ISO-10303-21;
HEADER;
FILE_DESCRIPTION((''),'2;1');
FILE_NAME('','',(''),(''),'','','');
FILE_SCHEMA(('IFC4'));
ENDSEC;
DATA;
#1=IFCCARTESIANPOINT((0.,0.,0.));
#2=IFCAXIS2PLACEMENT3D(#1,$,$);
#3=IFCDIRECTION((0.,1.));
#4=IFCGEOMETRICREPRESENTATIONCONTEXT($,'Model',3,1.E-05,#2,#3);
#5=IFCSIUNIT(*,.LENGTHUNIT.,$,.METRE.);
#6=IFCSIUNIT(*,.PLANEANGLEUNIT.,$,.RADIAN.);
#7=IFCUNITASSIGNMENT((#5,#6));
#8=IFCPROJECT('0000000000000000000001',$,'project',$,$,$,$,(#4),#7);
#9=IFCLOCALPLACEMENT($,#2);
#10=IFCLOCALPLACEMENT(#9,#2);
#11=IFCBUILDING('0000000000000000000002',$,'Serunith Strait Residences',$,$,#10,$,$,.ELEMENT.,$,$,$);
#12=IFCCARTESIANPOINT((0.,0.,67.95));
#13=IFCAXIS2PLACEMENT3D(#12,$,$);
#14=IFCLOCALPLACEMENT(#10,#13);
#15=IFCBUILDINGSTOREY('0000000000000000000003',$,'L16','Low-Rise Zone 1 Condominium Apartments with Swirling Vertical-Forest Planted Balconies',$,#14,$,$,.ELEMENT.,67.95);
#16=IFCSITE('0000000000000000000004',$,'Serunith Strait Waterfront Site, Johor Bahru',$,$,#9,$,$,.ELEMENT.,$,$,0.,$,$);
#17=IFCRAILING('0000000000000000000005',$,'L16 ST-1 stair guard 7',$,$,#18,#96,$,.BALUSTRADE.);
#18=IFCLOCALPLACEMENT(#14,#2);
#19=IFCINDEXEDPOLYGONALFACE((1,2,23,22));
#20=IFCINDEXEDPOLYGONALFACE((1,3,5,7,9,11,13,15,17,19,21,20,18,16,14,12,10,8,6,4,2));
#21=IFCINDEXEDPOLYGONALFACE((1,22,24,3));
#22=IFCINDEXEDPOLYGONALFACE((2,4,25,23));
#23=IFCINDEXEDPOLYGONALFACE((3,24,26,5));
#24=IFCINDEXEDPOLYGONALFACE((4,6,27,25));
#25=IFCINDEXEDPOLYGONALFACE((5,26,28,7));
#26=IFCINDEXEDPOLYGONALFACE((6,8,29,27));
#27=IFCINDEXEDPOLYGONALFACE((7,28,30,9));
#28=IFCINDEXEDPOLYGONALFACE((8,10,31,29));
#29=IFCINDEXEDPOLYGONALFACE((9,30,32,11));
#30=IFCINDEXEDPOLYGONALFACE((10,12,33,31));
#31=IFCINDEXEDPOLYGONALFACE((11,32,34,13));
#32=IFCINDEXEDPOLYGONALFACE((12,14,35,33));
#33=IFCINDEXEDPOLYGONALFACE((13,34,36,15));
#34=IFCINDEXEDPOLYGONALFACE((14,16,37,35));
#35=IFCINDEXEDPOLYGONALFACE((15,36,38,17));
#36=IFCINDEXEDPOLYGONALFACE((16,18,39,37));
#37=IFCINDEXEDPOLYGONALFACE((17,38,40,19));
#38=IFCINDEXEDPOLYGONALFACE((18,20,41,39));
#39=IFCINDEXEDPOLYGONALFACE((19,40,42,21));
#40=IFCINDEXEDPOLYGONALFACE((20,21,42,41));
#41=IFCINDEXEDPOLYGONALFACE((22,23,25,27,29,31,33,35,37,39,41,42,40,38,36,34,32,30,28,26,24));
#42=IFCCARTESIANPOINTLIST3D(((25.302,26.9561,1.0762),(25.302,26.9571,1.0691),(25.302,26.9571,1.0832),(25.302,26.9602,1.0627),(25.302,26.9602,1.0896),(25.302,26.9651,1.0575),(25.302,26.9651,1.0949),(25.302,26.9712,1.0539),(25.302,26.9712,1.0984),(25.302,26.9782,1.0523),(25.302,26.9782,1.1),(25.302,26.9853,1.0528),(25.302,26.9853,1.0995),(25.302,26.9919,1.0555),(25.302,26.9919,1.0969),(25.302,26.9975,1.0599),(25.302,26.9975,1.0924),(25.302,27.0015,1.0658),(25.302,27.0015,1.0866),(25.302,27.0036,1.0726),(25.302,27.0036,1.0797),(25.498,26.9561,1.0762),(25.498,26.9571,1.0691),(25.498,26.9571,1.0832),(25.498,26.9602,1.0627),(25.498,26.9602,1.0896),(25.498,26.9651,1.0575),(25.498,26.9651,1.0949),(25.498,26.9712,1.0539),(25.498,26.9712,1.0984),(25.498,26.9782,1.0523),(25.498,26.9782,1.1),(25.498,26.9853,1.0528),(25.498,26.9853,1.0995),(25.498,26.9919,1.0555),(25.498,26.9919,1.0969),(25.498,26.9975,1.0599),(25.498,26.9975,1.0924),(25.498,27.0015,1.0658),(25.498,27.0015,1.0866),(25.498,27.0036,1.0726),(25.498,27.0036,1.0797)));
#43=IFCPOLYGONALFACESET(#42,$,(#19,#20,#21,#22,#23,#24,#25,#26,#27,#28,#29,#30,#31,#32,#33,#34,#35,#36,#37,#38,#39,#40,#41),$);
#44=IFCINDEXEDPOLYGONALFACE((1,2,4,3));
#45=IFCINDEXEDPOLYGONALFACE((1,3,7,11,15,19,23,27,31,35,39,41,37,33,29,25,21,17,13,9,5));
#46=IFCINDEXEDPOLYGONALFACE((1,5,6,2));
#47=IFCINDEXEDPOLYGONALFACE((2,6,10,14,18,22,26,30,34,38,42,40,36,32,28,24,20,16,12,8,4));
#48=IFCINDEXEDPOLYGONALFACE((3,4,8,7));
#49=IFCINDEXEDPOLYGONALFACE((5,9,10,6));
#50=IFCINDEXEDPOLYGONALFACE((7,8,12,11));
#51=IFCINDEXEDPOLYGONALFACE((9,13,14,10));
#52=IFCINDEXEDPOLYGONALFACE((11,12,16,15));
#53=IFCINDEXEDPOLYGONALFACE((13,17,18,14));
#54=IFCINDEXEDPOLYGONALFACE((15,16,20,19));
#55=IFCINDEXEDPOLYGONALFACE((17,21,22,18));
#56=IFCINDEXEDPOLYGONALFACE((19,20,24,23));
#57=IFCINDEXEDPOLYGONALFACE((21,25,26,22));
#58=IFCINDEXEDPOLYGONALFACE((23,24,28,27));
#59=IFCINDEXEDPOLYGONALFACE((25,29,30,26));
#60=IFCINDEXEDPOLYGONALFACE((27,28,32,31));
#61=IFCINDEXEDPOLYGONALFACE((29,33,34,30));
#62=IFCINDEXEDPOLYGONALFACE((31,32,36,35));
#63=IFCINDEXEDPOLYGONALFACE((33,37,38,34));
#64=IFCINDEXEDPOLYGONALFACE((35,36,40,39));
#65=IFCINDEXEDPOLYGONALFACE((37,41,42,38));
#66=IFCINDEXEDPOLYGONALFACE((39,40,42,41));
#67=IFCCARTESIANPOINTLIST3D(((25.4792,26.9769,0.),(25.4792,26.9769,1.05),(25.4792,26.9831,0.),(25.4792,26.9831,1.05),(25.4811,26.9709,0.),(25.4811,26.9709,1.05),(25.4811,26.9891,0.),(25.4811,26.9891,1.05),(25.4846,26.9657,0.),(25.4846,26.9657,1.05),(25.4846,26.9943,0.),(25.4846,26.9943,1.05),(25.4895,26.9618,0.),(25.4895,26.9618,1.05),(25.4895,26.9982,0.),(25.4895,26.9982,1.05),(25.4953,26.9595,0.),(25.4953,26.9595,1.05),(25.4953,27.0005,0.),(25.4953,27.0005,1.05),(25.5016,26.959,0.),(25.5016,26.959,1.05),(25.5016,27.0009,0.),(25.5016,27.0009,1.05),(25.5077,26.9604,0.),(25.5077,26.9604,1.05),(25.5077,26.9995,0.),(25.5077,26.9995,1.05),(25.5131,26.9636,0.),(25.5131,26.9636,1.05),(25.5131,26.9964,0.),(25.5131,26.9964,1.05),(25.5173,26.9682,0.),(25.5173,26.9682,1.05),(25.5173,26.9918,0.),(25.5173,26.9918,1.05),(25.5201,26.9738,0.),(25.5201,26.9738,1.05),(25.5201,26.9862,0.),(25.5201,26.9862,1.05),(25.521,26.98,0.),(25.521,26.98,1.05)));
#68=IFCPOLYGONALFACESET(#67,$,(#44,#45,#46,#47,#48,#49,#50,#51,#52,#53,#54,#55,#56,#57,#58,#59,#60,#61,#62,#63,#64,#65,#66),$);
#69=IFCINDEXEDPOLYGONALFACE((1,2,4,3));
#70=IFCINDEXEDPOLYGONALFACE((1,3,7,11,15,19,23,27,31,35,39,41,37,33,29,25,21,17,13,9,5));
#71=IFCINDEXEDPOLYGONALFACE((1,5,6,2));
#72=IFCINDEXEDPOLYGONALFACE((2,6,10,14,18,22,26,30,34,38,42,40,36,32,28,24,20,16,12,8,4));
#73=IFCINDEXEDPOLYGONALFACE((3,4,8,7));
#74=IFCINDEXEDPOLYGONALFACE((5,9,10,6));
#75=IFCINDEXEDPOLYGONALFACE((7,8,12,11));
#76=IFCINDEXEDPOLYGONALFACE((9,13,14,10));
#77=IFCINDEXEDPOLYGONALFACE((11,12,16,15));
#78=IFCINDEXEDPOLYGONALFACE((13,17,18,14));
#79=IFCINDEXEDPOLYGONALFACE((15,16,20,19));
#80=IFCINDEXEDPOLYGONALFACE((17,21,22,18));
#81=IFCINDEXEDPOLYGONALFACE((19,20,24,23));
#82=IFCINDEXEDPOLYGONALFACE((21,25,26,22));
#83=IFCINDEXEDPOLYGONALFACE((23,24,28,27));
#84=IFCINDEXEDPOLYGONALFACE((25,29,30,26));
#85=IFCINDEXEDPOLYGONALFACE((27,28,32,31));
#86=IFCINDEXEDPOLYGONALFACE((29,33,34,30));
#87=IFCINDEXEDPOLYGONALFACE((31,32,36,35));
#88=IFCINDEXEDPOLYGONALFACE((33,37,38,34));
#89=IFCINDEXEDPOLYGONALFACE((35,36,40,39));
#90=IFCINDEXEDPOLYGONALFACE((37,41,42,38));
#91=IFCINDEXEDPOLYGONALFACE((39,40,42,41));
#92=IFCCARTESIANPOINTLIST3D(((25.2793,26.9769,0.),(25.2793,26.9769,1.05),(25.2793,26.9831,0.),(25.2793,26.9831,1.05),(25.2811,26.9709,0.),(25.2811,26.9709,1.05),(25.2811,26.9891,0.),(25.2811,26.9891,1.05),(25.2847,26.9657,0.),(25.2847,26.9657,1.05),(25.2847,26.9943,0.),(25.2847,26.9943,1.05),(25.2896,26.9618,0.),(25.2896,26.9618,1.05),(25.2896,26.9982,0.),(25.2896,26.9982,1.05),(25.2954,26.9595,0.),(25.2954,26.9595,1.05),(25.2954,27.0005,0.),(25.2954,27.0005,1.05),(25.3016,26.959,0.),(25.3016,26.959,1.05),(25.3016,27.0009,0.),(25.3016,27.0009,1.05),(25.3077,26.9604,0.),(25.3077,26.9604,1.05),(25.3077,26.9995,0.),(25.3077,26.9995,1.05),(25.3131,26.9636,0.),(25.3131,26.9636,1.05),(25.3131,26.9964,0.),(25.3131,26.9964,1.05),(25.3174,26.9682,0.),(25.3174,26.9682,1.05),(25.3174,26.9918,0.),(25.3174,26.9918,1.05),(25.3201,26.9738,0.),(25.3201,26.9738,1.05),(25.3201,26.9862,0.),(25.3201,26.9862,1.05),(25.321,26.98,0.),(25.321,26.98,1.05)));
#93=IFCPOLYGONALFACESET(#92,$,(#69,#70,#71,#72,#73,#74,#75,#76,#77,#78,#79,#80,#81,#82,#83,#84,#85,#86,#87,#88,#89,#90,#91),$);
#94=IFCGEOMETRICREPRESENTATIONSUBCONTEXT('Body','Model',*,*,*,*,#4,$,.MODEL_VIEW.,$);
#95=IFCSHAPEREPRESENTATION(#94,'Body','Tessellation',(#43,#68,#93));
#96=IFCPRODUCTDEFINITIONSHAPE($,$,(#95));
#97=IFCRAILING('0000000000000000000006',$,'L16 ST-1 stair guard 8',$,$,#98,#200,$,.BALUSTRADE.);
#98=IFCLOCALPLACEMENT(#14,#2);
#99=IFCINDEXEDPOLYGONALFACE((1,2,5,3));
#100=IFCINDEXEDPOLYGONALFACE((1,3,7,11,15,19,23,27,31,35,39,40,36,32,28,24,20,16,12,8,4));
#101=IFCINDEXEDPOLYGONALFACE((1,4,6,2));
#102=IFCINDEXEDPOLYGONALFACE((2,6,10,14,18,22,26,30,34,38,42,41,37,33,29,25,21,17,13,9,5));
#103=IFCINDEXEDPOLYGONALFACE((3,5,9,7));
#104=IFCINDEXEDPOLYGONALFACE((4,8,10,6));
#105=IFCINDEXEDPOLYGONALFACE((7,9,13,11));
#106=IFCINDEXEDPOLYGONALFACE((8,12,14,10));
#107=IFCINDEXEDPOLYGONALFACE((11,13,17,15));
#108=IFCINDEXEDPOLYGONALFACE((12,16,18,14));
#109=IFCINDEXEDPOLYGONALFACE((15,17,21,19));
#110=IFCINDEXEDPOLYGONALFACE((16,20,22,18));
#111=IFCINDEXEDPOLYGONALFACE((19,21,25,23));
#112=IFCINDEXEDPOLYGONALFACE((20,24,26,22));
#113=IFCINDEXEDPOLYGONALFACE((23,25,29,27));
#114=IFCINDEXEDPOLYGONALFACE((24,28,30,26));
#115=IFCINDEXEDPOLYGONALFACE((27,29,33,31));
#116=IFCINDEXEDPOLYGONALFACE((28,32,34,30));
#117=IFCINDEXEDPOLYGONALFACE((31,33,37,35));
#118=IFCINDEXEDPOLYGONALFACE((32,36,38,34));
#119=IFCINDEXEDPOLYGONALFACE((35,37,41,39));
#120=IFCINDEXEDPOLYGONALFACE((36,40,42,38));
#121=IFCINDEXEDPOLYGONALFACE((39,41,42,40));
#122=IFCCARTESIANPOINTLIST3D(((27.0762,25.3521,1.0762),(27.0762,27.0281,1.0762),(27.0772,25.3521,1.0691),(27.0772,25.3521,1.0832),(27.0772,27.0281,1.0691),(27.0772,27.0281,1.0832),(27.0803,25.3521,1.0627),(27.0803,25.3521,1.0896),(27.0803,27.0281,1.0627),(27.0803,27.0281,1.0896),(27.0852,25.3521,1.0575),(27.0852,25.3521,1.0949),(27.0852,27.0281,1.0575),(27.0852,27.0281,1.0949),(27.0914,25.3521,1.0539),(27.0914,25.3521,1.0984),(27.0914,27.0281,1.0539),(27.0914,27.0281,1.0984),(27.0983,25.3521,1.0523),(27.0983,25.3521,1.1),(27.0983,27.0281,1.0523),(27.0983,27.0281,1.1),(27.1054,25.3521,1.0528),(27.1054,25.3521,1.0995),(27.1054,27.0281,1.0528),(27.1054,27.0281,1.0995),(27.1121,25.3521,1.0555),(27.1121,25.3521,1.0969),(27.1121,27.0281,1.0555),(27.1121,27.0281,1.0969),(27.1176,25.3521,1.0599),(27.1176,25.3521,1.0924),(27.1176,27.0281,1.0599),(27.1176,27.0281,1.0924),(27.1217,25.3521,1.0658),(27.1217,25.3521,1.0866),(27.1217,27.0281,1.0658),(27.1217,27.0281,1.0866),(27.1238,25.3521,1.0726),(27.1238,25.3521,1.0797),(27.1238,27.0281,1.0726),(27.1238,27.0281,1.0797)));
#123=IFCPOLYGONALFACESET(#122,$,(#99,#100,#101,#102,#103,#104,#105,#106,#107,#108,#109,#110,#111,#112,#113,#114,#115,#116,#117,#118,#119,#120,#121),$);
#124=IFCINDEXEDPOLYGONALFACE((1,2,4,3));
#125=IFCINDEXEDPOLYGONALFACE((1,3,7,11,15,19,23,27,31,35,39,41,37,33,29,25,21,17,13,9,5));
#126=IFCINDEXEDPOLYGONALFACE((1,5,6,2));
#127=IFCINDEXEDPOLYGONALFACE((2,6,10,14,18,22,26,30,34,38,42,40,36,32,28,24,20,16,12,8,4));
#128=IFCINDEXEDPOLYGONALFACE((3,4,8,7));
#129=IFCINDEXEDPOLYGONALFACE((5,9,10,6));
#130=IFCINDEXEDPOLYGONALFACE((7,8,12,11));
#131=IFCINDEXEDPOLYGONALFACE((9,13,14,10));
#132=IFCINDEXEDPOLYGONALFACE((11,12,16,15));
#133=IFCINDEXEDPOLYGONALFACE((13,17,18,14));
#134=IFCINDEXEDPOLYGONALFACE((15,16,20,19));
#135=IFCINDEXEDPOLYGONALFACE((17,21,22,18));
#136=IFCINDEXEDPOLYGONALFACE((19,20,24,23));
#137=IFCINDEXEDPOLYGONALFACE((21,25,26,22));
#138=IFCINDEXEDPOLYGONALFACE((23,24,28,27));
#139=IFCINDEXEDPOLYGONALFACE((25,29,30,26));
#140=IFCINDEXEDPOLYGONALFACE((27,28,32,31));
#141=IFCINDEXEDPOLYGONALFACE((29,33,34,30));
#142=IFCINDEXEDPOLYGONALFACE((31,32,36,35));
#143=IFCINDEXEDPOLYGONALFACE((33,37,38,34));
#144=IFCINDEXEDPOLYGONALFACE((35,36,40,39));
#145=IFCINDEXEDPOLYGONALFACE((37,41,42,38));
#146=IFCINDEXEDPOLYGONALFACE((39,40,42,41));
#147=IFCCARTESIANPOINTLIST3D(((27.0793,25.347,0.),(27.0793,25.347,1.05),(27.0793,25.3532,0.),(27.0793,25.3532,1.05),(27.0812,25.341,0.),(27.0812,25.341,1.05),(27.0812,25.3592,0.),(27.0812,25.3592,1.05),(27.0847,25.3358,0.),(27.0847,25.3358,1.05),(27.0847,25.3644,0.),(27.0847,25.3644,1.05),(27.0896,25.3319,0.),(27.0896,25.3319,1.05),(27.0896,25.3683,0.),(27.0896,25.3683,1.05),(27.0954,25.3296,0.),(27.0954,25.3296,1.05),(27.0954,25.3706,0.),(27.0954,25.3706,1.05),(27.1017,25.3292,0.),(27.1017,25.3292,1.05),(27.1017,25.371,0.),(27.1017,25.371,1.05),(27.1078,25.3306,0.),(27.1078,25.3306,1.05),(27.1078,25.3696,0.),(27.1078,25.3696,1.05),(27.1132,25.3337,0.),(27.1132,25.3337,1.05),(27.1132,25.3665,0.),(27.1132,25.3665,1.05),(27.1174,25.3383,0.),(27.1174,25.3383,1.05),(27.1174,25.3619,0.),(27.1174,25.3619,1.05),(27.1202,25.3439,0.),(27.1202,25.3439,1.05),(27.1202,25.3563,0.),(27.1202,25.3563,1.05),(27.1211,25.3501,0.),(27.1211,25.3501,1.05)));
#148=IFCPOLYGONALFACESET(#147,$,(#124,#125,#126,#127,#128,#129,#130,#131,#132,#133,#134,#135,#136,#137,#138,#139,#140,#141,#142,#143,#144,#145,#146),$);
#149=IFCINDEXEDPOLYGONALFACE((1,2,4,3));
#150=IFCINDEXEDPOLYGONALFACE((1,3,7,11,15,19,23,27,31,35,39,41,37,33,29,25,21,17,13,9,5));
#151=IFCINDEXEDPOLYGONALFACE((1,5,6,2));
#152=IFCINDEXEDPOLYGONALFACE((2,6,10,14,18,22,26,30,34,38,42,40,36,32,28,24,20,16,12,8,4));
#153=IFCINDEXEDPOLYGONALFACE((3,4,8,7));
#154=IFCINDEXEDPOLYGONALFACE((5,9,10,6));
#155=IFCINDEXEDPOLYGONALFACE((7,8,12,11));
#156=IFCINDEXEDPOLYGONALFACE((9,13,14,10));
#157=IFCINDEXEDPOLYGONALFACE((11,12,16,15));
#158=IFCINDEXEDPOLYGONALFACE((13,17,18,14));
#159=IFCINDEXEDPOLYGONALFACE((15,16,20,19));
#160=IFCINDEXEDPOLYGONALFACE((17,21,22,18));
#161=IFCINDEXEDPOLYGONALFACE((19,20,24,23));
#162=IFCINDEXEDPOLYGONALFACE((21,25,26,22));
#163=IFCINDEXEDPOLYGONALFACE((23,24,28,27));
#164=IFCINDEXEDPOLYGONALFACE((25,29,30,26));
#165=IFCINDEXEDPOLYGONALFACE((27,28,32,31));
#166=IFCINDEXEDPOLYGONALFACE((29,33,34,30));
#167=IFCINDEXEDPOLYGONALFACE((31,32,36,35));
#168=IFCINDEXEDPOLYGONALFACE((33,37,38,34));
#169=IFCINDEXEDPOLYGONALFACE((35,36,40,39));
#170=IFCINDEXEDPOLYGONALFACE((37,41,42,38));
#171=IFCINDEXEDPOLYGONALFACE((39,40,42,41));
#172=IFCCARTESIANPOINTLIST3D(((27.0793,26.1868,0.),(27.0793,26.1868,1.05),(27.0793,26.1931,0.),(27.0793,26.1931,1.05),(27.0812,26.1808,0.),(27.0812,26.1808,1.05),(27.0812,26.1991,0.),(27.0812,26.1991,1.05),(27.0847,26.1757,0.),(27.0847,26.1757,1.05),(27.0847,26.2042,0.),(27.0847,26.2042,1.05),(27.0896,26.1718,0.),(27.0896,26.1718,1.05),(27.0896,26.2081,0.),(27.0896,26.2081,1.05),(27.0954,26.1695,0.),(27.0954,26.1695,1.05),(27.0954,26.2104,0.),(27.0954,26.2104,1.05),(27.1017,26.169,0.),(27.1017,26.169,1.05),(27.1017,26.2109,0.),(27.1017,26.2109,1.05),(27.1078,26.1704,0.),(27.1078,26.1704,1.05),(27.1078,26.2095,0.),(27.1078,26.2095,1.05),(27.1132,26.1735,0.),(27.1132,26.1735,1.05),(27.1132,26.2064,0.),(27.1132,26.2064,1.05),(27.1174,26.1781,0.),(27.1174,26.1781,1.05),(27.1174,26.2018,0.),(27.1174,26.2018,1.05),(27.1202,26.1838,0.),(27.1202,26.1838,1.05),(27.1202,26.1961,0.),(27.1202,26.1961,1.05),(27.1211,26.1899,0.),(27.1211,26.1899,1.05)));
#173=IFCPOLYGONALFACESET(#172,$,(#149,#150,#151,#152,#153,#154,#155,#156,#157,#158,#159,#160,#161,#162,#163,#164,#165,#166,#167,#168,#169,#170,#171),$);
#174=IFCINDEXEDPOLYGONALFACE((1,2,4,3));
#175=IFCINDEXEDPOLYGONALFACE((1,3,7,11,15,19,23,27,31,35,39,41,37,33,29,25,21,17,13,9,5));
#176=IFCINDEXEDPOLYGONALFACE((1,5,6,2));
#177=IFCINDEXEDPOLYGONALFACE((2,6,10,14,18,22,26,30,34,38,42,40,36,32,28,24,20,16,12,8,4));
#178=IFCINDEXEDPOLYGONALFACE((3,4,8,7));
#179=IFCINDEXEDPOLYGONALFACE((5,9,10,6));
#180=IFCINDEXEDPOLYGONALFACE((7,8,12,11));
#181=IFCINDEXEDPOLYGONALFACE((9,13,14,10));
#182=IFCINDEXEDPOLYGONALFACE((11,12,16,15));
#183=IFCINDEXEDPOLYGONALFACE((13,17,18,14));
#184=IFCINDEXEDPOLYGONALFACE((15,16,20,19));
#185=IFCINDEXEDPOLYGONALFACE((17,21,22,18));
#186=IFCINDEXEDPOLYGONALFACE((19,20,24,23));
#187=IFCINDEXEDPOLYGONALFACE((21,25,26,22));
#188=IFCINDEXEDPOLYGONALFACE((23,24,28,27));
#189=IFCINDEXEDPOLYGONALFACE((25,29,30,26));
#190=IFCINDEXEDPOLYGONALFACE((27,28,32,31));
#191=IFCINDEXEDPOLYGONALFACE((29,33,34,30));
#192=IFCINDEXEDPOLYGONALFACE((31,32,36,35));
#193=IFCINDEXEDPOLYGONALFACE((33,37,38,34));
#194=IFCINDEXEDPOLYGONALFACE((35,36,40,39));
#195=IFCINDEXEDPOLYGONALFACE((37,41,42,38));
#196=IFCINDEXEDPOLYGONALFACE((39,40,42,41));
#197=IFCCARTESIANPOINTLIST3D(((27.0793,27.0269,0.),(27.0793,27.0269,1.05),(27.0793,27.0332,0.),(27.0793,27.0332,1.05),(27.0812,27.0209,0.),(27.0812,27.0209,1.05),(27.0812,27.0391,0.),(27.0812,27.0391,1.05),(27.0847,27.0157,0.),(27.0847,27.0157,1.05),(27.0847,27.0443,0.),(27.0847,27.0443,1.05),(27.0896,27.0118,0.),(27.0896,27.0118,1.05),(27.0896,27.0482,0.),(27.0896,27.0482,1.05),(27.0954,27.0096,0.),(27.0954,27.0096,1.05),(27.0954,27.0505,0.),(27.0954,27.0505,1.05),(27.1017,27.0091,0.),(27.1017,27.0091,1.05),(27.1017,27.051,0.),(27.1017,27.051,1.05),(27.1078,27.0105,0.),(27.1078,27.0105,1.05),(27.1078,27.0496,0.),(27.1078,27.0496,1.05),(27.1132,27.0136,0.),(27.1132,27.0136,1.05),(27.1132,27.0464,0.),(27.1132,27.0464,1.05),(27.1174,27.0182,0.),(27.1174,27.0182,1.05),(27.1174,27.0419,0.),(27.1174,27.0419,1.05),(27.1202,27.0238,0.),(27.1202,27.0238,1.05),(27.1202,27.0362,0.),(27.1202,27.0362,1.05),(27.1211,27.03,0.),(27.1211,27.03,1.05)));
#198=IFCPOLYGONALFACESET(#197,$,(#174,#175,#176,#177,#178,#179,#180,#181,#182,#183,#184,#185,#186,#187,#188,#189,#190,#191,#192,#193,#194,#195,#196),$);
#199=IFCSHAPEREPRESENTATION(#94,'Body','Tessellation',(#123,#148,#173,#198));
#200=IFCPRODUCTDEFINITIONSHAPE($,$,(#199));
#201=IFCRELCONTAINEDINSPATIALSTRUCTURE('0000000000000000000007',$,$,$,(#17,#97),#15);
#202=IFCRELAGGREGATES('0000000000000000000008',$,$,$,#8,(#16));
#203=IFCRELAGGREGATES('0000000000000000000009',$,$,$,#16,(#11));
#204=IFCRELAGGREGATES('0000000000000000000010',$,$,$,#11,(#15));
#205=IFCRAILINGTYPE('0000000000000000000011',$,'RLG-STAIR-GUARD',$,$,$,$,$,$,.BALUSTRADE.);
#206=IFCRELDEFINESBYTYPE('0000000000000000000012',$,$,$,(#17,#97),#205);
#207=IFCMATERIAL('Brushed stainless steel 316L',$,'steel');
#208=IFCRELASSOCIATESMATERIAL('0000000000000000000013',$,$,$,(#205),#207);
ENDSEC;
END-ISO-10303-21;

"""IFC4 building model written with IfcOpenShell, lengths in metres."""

from ifc_helpers import new_model, si_unit, direction, frame, origin, origin_2d, place, context, subcontext, project, spatial, circle, extrude, material, type_object, element, save


model = new_model("IFC4")

# Units and contexts
model_context = context("Model", 3, precision=1e-05, world=origin(), true_north=direction((0.0, 1.0)))
body_context = subcontext(model_context, "Body", "Model", "MODEL_VIEW")
ifc_project = project(units=[si_unit("LENGTHUNIT", "METRE"), si_unit("PLANEANGLEUNIT", "RADIAN")], contexts=[model_context])

# Site, building, storey
site_placement = place(None, origin())
site = spatial("IfcSite", under=ifc_project, at=site_placement, Name="Serunith Strait Waterfront Site, Johor Bahru", CompositionType="ELEMENT", RefElevation=0.0)
building_placement = place(site_placement, origin())
building = spatial("IfcBuilding", under=site, at=building_placement, Name="Serunith Strait Residences", CompositionType="ELEMENT")
storey_placement = place(building_placement, frame((0.0, 0.0, 67.95)))
storey = spatial("IfcBuildingStorey", under=building, at=storey_placement, Name="L16", Description="Low-Rise Zone 1 Condominium Apartments with Swirling Vertical-Forest Planted Balconies", CompositionType="ELEMENT", Elevation=67.95)

# Railings
ifc_material_1 = material(Name="Brushed stainless steel 316L", Category="steel")
railing_type_1 = type_object("IfcRailingType", Name="RLG-STAIR-GUARD", PredefinedType="BALUSTRADE", material=ifc_material_1)
railing_1_placement = place(storey_placement, frame((25.5, 26.98, 0.0)))
element("IfcRailing", 1, at=railing_1_placement, inside=storey, type_object=railing_type_1, Name="L16 ST-1 stair guard 7", PredefinedType="BALUSTRADE", context=body_context, shape_type="SweptSolid", body=[
    extrude(circle(Radius=0.0239, at=origin_2d()), frame((-0.002, 0.0, 1.0762), z_axis=(-1.0, 0.0, 0.0), x_axis=(0.0, -1.0, 0.0)), (0.0, 0.0, 1.0), 0.196),
    extrude(circle(Radius=0.021, at=origin_2d()), origin(), (0.0, 0.0, 1.0), 1.05),
    extrude(circle(Radius=0.021, at=origin_2d()), frame((-0.2, 0.0, 0.0)), (0.0, 0.0, 1.0), 1.05),
])
for number, where, name in (
    (2, (27.1001, 25.3501, 0.0), "L16 ST-1 stair guard 8"),
):
    element("IfcRailing", number, at=place(storey_placement, frame(where)), inside=storey, type_object=railing_type_1, Name=name, PredefinedType="BALUSTRADE", context=body_context, shape_type="SweptSolid", body=[
        extrude(circle(Radius=0.0239, at=origin_2d()), frame((0.0, 0.002, 1.0762), z_axis=(0.0, 1.0, 0.0), x_axis=(-1.0, 0.0, 0.0)), (0.0, 0.0, 1.0), 1.676),
        extrude(circle(Radius=0.021, at=origin_2d()), origin(), (0.0, 0.0, 1.0), 1.05),
        extrude(circle(Radius=0.021, at=origin_2d()), frame((0.0, 0.8398, 0.0)), (0.0, 0.0, 1.0), 1.05),
        extrude(circle(Radius=0.021, at=origin_2d()), frame((0.0, 1.6799, 0.0)), (0.0, 0.0, 1.0), 1.05),
    ])

save(model, "model.ifc")
